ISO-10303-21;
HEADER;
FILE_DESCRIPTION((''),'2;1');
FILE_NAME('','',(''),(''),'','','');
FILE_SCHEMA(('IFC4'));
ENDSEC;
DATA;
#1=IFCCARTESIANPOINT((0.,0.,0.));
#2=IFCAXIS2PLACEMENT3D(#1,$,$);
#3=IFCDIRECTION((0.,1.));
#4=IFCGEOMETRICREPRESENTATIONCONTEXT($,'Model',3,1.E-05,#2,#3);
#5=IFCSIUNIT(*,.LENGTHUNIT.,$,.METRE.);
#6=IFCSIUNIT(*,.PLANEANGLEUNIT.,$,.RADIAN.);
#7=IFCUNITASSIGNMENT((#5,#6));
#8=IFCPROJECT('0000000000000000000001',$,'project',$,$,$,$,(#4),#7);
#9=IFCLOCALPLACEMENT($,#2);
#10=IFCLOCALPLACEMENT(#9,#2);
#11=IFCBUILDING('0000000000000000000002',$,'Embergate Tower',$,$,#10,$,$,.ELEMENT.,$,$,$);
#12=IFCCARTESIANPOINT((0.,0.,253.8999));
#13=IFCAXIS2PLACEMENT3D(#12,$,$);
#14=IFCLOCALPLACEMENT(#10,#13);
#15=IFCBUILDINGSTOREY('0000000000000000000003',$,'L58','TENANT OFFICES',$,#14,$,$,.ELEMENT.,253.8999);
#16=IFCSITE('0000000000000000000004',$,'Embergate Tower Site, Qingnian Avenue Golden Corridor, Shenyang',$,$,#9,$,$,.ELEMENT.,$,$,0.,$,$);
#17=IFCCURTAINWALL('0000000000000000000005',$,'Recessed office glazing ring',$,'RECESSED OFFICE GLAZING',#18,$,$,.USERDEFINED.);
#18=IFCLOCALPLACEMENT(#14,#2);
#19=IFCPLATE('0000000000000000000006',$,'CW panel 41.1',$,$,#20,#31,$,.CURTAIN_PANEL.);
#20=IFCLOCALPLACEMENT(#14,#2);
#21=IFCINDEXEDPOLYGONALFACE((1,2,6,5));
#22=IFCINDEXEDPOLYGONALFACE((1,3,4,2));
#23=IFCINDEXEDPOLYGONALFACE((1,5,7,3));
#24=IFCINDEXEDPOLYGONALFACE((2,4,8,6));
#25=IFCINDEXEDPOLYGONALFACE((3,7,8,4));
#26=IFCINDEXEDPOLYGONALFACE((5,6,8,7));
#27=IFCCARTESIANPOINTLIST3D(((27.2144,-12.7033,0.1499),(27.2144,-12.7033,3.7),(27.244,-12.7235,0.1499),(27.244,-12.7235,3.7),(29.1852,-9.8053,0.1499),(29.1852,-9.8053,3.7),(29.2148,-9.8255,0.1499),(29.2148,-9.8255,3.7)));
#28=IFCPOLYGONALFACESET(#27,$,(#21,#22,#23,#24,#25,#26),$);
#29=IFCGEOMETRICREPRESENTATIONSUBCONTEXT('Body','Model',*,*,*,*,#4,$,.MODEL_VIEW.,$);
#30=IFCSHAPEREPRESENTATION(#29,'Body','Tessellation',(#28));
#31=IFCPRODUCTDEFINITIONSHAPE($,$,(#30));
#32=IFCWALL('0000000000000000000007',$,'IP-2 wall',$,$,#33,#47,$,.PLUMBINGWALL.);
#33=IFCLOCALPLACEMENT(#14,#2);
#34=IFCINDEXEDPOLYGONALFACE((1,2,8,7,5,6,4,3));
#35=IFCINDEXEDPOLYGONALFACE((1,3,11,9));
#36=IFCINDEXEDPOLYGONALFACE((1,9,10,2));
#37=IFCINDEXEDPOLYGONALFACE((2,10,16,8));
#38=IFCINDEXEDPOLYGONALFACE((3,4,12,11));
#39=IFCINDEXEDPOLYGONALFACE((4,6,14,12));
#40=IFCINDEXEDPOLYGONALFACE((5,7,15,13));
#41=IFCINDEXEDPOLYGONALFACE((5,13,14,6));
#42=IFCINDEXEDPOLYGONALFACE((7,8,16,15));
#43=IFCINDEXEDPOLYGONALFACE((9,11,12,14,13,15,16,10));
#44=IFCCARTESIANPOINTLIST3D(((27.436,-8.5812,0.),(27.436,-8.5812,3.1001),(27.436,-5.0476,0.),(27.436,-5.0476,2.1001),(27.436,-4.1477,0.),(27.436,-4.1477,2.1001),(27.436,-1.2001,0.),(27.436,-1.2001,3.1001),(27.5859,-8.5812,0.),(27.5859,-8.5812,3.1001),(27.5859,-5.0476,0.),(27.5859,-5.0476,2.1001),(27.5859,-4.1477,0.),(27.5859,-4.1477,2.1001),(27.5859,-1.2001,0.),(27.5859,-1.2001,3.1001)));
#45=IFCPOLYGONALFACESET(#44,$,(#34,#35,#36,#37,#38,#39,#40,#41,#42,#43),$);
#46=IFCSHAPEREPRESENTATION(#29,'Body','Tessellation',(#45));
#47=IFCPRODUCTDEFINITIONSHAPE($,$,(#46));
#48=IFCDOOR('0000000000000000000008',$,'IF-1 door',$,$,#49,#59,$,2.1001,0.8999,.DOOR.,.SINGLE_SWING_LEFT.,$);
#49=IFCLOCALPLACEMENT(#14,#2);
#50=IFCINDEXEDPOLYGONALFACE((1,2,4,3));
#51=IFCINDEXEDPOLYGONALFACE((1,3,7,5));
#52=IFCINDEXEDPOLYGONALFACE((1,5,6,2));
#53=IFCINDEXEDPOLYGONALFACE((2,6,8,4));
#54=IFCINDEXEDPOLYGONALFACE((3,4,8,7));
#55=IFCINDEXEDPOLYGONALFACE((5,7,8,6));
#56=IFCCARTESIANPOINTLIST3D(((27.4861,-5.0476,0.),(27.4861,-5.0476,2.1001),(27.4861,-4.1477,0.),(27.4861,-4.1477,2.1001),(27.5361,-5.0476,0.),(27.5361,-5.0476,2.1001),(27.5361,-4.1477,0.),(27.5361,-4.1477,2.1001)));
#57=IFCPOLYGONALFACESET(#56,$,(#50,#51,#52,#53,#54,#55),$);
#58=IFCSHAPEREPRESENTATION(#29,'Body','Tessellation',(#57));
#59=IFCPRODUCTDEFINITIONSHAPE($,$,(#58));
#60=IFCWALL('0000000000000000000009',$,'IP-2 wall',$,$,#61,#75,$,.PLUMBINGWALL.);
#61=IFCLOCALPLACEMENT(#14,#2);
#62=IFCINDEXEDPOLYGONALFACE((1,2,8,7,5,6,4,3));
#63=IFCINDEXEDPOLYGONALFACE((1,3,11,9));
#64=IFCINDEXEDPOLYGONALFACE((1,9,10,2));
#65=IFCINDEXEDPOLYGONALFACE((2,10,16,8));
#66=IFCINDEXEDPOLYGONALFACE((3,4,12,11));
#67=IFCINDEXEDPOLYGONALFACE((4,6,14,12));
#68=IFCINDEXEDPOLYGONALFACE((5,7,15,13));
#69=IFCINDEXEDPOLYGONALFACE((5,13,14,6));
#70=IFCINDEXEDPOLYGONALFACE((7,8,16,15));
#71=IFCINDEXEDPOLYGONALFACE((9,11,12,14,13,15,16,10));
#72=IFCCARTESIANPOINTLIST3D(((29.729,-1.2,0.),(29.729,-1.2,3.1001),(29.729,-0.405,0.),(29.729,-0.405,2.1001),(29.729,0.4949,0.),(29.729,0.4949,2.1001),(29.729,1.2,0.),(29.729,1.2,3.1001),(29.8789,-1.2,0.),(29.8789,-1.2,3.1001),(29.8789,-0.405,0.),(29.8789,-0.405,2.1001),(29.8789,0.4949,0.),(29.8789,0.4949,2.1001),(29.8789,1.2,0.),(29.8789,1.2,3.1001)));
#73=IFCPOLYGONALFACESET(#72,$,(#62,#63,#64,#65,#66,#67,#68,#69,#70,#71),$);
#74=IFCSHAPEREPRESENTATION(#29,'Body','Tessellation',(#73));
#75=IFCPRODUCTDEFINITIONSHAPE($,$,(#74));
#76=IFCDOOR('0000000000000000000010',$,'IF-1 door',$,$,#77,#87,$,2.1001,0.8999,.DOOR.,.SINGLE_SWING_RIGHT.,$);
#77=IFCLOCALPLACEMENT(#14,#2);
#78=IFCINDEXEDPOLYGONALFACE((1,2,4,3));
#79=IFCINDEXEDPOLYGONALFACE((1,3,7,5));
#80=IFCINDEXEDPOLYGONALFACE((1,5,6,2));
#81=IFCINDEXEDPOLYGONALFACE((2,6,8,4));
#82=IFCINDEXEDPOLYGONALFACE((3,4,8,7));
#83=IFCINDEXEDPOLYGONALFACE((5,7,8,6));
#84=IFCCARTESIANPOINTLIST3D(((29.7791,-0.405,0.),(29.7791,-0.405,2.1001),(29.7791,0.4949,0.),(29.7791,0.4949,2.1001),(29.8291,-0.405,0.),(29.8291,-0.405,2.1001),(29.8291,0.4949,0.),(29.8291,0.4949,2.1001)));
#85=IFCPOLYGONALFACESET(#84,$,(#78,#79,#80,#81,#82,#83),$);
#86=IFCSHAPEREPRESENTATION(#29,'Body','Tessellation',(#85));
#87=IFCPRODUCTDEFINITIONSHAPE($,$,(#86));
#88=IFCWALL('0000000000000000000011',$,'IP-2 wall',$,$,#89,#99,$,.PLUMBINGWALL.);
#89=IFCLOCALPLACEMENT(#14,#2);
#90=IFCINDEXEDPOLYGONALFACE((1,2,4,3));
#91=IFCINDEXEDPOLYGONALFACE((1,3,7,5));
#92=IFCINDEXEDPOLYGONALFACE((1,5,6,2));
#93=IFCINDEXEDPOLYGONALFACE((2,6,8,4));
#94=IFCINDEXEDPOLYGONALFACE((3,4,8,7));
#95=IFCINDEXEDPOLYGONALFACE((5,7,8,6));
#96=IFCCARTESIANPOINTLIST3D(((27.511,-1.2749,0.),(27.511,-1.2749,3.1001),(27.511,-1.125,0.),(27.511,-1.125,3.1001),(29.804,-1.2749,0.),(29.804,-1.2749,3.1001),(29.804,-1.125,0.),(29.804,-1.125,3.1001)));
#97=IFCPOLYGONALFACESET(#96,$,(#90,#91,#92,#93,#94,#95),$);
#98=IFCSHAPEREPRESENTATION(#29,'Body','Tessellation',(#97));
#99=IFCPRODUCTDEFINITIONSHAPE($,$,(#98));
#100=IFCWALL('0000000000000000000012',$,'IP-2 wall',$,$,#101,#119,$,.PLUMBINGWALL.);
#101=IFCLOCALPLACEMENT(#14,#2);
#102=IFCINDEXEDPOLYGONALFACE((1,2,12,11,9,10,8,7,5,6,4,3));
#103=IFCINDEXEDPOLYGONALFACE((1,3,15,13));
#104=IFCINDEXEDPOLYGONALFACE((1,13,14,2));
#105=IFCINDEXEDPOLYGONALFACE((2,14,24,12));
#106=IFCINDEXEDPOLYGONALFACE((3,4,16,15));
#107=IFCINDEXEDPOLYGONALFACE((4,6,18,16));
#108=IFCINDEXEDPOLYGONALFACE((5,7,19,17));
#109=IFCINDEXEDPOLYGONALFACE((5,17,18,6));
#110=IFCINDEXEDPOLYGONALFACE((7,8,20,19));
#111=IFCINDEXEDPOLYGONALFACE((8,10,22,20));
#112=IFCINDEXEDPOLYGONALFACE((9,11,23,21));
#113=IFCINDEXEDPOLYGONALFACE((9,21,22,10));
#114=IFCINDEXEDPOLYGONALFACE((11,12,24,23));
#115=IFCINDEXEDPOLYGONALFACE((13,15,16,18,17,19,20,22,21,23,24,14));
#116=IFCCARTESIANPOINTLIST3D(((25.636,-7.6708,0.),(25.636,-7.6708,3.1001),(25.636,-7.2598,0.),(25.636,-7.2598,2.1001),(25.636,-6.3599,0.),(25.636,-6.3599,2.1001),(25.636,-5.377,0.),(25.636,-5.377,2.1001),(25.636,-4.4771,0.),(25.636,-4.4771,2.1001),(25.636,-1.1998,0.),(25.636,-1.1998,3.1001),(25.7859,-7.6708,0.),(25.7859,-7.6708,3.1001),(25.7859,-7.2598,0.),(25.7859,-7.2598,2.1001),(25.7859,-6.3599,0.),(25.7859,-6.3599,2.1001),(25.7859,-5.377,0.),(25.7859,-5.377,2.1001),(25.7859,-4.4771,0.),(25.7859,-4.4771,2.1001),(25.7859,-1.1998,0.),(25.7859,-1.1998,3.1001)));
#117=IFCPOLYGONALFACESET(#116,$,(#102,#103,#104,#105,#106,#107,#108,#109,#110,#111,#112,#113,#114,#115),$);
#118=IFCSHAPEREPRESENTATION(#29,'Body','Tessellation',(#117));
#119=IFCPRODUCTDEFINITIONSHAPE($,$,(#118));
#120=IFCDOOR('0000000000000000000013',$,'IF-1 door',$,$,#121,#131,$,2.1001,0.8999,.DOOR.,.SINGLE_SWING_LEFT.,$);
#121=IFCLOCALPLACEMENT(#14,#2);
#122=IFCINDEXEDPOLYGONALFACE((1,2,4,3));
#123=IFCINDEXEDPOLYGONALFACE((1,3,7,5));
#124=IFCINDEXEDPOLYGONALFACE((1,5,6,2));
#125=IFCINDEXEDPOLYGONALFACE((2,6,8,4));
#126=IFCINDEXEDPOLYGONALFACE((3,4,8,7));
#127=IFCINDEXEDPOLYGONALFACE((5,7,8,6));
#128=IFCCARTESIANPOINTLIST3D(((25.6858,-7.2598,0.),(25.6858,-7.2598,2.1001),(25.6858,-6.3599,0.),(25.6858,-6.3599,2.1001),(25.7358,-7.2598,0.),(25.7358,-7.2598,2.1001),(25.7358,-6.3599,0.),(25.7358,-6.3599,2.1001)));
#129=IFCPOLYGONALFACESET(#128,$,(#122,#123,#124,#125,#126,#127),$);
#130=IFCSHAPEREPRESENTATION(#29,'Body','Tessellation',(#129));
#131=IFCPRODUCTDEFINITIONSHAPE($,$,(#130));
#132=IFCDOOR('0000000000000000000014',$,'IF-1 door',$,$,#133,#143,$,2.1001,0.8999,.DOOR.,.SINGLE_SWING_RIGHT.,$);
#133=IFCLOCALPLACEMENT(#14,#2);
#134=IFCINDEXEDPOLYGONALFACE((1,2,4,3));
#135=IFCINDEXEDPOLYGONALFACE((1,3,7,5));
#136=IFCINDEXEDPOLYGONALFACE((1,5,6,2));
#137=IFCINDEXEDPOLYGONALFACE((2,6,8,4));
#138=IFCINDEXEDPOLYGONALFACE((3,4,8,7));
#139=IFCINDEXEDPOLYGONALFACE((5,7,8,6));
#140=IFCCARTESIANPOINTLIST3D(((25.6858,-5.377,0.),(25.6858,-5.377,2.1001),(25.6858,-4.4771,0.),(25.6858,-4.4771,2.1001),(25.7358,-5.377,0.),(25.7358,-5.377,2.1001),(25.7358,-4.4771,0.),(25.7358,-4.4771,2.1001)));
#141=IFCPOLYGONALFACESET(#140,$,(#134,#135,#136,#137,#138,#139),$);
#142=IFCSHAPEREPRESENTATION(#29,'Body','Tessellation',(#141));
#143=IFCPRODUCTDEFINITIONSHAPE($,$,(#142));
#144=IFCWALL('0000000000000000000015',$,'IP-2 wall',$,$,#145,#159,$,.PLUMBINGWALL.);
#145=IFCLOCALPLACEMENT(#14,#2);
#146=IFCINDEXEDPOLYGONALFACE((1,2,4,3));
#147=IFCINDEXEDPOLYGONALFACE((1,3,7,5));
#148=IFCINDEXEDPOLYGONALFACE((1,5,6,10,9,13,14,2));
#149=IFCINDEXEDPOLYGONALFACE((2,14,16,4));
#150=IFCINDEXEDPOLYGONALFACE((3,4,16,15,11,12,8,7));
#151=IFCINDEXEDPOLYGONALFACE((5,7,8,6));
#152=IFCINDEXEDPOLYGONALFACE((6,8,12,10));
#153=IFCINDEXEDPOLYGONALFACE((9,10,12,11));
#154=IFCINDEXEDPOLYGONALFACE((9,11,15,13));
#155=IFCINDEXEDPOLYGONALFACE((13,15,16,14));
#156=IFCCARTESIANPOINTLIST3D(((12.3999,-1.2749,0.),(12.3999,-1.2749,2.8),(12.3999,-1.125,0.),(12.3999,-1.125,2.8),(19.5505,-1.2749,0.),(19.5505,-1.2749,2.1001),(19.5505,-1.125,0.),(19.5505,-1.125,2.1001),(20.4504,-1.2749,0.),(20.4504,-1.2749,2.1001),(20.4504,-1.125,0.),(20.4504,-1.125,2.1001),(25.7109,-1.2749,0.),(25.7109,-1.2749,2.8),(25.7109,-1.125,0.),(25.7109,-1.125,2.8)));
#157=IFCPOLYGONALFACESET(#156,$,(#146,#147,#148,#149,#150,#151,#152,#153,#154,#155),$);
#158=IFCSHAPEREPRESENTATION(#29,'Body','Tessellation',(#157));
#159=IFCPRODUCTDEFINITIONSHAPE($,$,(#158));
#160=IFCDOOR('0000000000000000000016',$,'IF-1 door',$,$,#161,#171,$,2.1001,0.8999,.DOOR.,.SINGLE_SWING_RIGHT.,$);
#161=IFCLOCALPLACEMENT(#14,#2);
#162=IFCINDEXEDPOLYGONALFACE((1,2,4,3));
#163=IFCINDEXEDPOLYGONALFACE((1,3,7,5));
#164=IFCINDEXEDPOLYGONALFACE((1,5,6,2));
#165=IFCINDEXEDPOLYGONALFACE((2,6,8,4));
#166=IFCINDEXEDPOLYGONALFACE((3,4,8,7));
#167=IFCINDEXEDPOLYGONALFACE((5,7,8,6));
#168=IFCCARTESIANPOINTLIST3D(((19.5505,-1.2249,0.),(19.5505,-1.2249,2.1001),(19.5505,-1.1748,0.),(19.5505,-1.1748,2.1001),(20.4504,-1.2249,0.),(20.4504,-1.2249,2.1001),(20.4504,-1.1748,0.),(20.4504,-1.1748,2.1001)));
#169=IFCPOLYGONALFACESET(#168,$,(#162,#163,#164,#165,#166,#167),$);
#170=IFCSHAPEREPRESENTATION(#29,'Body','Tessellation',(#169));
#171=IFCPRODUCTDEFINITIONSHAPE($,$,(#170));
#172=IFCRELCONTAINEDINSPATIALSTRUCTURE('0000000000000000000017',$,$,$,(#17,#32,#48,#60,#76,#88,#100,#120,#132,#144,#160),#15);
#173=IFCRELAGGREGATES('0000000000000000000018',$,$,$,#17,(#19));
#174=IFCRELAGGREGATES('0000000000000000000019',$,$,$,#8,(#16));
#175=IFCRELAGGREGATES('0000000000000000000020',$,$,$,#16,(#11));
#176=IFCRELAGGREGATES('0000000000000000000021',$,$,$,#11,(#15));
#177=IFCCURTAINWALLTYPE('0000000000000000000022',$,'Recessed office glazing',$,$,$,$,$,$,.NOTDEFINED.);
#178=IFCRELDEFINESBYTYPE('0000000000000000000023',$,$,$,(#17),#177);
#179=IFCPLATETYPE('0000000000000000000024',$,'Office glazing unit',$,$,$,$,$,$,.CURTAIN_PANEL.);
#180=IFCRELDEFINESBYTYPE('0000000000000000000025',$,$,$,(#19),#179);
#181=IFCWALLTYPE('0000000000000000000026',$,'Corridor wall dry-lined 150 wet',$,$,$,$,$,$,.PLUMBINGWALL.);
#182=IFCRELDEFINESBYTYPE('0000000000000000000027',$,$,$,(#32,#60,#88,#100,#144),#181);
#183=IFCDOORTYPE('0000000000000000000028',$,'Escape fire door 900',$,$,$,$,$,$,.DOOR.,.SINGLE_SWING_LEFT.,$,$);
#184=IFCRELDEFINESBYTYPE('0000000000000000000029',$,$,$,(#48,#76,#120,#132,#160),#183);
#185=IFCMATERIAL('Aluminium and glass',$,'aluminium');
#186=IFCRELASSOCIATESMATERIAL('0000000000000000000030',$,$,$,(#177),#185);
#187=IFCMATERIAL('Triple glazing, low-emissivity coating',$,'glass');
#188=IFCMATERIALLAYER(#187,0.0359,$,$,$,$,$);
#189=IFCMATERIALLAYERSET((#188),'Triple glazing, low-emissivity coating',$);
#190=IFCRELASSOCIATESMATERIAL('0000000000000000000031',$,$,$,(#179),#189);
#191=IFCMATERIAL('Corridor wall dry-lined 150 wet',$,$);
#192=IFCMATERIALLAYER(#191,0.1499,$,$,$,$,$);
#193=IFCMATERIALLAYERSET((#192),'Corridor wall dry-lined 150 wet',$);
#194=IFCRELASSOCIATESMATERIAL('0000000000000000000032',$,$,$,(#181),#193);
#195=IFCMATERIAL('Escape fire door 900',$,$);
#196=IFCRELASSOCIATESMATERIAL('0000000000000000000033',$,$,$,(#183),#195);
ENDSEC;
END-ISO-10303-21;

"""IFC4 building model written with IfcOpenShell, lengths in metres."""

from ifc_helpers import new_model, si_unit, direction, frame, frame_2d, origin, origin_2d, place, context, subcontext, project, spatial, rectangle, extrude, source, transform, mapped, material, layer, layer_set, type_object, element, fill, aggregate, save


model = new_model("IFC4")

# Units and contexts
model_context = context("Model", 3, precision=1e-05, world=origin(), true_north=direction((0.0, 1.0)))
body_context = subcontext(model_context, "Body", "Model", "MODEL_VIEW")
ifc_project = project(units=[si_unit("LENGTHUNIT", "METRE"), si_unit("PLANEANGLEUNIT", "RADIAN")], contexts=[model_context])

# Site, building, storey
site_placement = place(None, origin())
site = spatial("IfcSite", under=ifc_project, at=site_placement, Name="Embergate Tower Site, Qingnian Avenue Golden Corridor, Shenyang", CompositionType="ELEMENT", RefElevation=0.0)
building_placement = place(site_placement, origin())
building = spatial("IfcBuilding", under=site, at=building_placement, Name="Embergate Tower", CompositionType="ELEMENT")
storey_placement = place(building_placement, frame((0.0, 0.0, 253.8999)))
storey = spatial("IfcBuildingStorey", under=building, at=storey_placement, Name="L58", Description="TENANT OFFICES", CompositionType="ELEMENT", Elevation=253.8999)

# Curtain wall, plate
ifc_material_1 = material(Name="Aluminium and glass", Category="aluminium")
curtain_wall_type = type_object("IfcCurtainWallType", Name="Recessed office glazing", PredefinedType="NOTDEFINED", material=ifc_material_1)
curtain_wall_placement = place(storey_placement, origin())
curtain_wall = element("IfcCurtainWall", 1, at=curtain_wall_placement, inside=storey, type_object=curtain_wall_type, Name="Recessed office glazing ring", ObjectType="RECESSED OFFICE GLAZING", PredefinedType="USERDEFINED")
ifc_material_2 = material(Name="Triple glazing, low-emissivity coating", Category="glass")
ifc_layer_1 = layer(ifc_material_2, 0.0359)
ifc_layer_set_1 = layer_set([ifc_layer_1], Name="Triple glazing, low-emissivity coating")
plate_type = type_object("IfcPlateType", Name="Office glazing unit", PredefinedType="CURTAIN_PANEL", material=ifc_layer_set_1)
shared_shape_1 = source(origin(), body_context, "Body", "SweptSolid", [
    extrude(rectangle(XDim=3.5046, YDim=0.0359, at=origin_2d()), origin(), (0.0, 0.0, 1.0), 3.55),
])
plate_1_placement = place(storey_placement, frame((28.2146, -11.2644, 0.1499), z_axis=(0.0, 0.0, 1.0), x_axis=(0.562346, 0.826902, 0.0)))
plate_1 = element("IfcPlate", 2, at=plate_1_placement, type_object=plate_type, Name="CW panel 41.1", PredefinedType="CURTAIN_PANEL", context=body_context, shape_type="MappedRepresentation", body=[
    mapped(shared_shape_1, transform((0.0, 0.0, 0.0))),
])
aggregate(curtain_wall, [plate_1])

# Walls, openings, doors
ifc_material_3 = material(Name="Corridor wall dry-lined 150 wet")
ifc_layer_2 = layer(ifc_material_3, 0.1499)
ifc_layer_set_2 = layer_set([ifc_layer_2], Name="Corridor wall dry-lined 150 wet")
wall_type_1 = type_object("IfcWallType", Name="Corridor wall dry-lined 150 wet", PredefinedType="PLUMBINGWALL", material=ifc_layer_set_2)
shared_shape_2 = source(origin(), body_context, "Body", "SweptSolid", [
    extrude(rectangle(XDim=7.3811, YDim=0.1499, at=frame_2d((3.6904, 0.0))), origin(), (0.0, 0.0, 1.0), 3.1001),
])
wall_1_placement = place(storey_placement, frame((27.511, -8.5811, 0.0), z_axis=(0.0, 0.0, 1.0), x_axis=(0.0, 1.0, 0.0)))
wall_1 = element("IfcWall", 3, at=wall_1_placement, inside=storey, type_object=wall_type_1, Name="IP-2 wall", PredefinedType="PLUMBINGWALL", context=body_context, shape_type="MappedRepresentation", body=[
    mapped(shared_shape_2, transform((0.0, 0.0, 0.0))),
])
shared_shape_3 = source(origin(), body_context, "Body", "SweptSolid", [
    extrude(rectangle(XDim=0.8999, YDim=2.1001, at=frame_2d((0.45, 1.05))), frame((0.0, 0.085, 0.0), z_axis=(0.0, -1.0, 0.0), x_axis=(1.0, 0.0, 0.0)), (0.0, 0.0, 1.0), 0.1699),
])
opening_1_placement = place(wall_1_placement, frame((3.5334, 0.0, 0.0)))
opening_1 = element("IfcOpeningElement", 4, at=opening_1_placement, cuts=wall_1, PredefinedType="OPENING", context=body_context, shape_type="MappedRepresentation", body=[
    mapped(shared_shape_3, transform((0.0, 0.0, 0.0))),
])
ifc_material_4 = material(Name="Escape fire door 900")
door_type = type_object("IfcDoorType", Name="Escape fire door 900", OperationType="SINGLE_SWING_LEFT", PredefinedType="DOOR", material=ifc_material_4)
shared_shape_4 = source(origin(), body_context, "Body", "SweptSolid", [
    extrude(rectangle(XDim=0.8999, YDim=2.1001, at=frame_2d((0.45, 1.05))), frame((0.0, 0.0249, 0.0), z_axis=(0.0, -1.0, 0.0), x_axis=(1.0, 0.0, 0.0)), (0.0, 0.0, 1.0), 0.05),
])
door_1_placement = place(opening_1_placement, origin())
door_1 = element("IfcDoor", 5, at=door_1_placement, inside=storey, type_object=door_type, Name="IF-1 door", OperationType="SINGLE_SWING_LEFT", OverallHeight=2.1001, OverallWidth=0.8999, PredefinedType="DOOR", context=body_context, shape_type="MappedRepresentation", body=[
    mapped(shared_shape_4, transform((0.0, 0.0, 0.0))),
])
fill(opening_1, door_1)
shared_shape_5 = source(origin(), body_context, "Body", "SweptSolid", [
    extrude(rectangle(XDim=2.3999, YDim=0.1499, at=frame_2d((1.2, 0.0))), origin(), (0.0, 0.0, 1.0), 3.1001),
])
wall_2_placement = place(storey_placement, frame((29.804, -1.2, 0.0), z_axis=(0.0, 0.0, 1.0), x_axis=(0.0, 1.0, 0.0)))
wall_2 = element("IfcWall", 6, at=wall_2_placement, inside=storey, type_object=wall_type_1, Name="IP-2 wall", PredefinedType="PLUMBINGWALL", context=body_context, shape_type="MappedRepresentation", body=[
    mapped(shared_shape_5, transform((0.0, 0.0, 0.0))),
])
opening_2_placement = place(wall_2_placement, frame((0.7949, 0.0, 0.0)))
opening_2 = element("IfcOpeningElement", 7, at=opening_2_placement, cuts=wall_2, PredefinedType="OPENING", context=body_context, shape_type="MappedRepresentation", body=[
    mapped(shared_shape_3, transform((0.0, 0.0, 0.0))),
])
door_2_placement = place(opening_2_placement, origin())
door_2 = element("IfcDoor", 8, at=door_2_placement, inside=storey, type_object=door_type, Name="IF-1 door", OperationType="SINGLE_SWING_RIGHT", OverallHeight=2.1001, OverallWidth=0.8999, PredefinedType="DOOR", context=body_context, shape_type="MappedRepresentation", body=[
    mapped(shared_shape_4, transform((0.0, 0.0, 0.0))),
])
fill(opening_2, door_2)

# Wall
shared_shape_6 = source(origin(), body_context, "Body", "SweptSolid", [
    extrude(rectangle(XDim=2.293, YDim=0.1499, at=frame_2d((1.1465, 0.0))), origin(), (0.0, 0.0, 1.0), 3.1001),
])
wall_3_placement = place(storey_placement, frame((27.511, -1.2, 0.0), z_axis=(0.0, 0.0, 1.0), x_axis=(1.0, 0.0, 0.0)))
element("IfcWall", 9, at=wall_3_placement, inside=storey, type_object=wall_type_1, Name="IP-2 wall", PredefinedType="PLUMBINGWALL", context=body_context, shape_type="MappedRepresentation", body=[
    mapped(shared_shape_6, transform((0.0, 0.0, 0.0))),
])

# Wall, openings, doors
shared_shape_7 = source(origin(), body_context, "Body", "SweptSolid", [
    extrude(rectangle(XDim=6.4709, YDim=0.1499, at=frame_2d((3.2354, 0.0))), origin(), (0.0, 0.0, 1.0), 3.1001),
])
wall_4_placement = place(storey_placement, frame((25.7109, -1.2, 0.0), z_axis=(0.0, 0.0, 1.0), x_axis=(0.0, -1.0, 0.0)))
wall_4 = element("IfcWall", 10, at=wall_4_placement, inside=storey, type_object=wall_type_1, Name="IP-2 wall", PredefinedType="PLUMBINGWALL", context=body_context, shape_type="MappedRepresentation", body=[
    mapped(shared_shape_7, transform((0.0, 0.0, 0.0))),
])
opening_3_placement = place(wall_4_placement, frame((5.1599, 0.0, 0.0)))
opening_3 = element("IfcOpeningElement", 11, at=opening_3_placement, cuts=wall_4, PredefinedType="OPENING", context=body_context, shape_type="MappedRepresentation", body=[
    mapped(shared_shape_3, transform((0.0, 0.0, 0.0))),
])
opening_4_placement = place(wall_4_placement, frame((3.2771, 0.0, 0.0)))
opening_4 = element("IfcOpeningElement", 12, at=opening_4_placement, cuts=wall_4, PredefinedType="OPENING", context=body_context, shape_type="MappedRepresentation", body=[
    mapped(shared_shape_3, transform((0.0, 0.0, 0.0))),
])
door_3_placement = place(opening_3_placement, origin())
door_3 = element("IfcDoor", 13, at=door_3_placement, inside=storey, type_object=door_type, Name="IF-1 door", OperationType="SINGLE_SWING_LEFT", OverallHeight=2.1001, OverallWidth=0.8999, PredefinedType="DOOR", context=body_context, shape_type="MappedRepresentation", body=[
    mapped(shared_shape_4, transform((0.0, 0.0, 0.0))),
])
fill(opening_3, door_3)
door_4_placement = place(opening_4_placement, origin())
door_4 = element("IfcDoor", 14, at=door_4_placement, inside=storey, type_object=door_type, Name="IF-1 door", OperationType="SINGLE_SWING_RIGHT", OverallHeight=2.1001, OverallWidth=0.8999, PredefinedType="DOOR", context=body_context, shape_type="MappedRepresentation", body=[
    mapped(shared_shape_4, transform((0.0, 0.0, 0.0))),
])
fill(opening_4, door_4)

# Wall, opening, door
shared_shape_8 = source(origin(), body_context, "Body", "SweptSolid", [
    extrude(rectangle(XDim=13.311, YDim=0.1499, at=frame_2d((6.6555, 0.0))), origin(), (0.0, 0.0, 1.0), 2.8),
])
wall_5_placement = place(storey_placement, frame((25.7109, -1.2, 0.0), z_axis=(0.0, 0.0, 1.0), x_axis=(-1.0, 0.0, 0.0)))
wall_5 = element("IfcWall", 15, at=wall_5_placement, inside=storey, type_object=wall_type_1, Name="IP-2 wall", PredefinedType="PLUMBINGWALL", context=body_context, shape_type="MappedRepresentation", body=[
    mapped(shared_shape_8, transform((0.0, 0.0, 0.0))),
])
opening_5_placement = place(wall_5_placement, frame((5.2605, 0.0, 0.0)))
opening_5 = element("IfcOpeningElement", 16, at=opening_5_placement, cuts=wall_5, PredefinedType="OPENING", context=body_context, shape_type="MappedRepresentation", body=[
    mapped(shared_shape_3, transform((0.0, 0.0, 0.0))),
])
door_5_placement = place(opening_5_placement, origin())
door_5 = element("IfcDoor", 17, at=door_5_placement, inside=storey, type_object=door_type, Name="IF-1 door", OperationType="SINGLE_SWING_RIGHT", OverallHeight=2.1001, OverallWidth=0.8999, PredefinedType="DOOR", context=body_context, shape_type="MappedRepresentation", body=[
    mapped(shared_shape_4, transform((0.0, 0.0, 0.0))),
])
fill(opening_5, door_5)

save(model, "model.ifc")
